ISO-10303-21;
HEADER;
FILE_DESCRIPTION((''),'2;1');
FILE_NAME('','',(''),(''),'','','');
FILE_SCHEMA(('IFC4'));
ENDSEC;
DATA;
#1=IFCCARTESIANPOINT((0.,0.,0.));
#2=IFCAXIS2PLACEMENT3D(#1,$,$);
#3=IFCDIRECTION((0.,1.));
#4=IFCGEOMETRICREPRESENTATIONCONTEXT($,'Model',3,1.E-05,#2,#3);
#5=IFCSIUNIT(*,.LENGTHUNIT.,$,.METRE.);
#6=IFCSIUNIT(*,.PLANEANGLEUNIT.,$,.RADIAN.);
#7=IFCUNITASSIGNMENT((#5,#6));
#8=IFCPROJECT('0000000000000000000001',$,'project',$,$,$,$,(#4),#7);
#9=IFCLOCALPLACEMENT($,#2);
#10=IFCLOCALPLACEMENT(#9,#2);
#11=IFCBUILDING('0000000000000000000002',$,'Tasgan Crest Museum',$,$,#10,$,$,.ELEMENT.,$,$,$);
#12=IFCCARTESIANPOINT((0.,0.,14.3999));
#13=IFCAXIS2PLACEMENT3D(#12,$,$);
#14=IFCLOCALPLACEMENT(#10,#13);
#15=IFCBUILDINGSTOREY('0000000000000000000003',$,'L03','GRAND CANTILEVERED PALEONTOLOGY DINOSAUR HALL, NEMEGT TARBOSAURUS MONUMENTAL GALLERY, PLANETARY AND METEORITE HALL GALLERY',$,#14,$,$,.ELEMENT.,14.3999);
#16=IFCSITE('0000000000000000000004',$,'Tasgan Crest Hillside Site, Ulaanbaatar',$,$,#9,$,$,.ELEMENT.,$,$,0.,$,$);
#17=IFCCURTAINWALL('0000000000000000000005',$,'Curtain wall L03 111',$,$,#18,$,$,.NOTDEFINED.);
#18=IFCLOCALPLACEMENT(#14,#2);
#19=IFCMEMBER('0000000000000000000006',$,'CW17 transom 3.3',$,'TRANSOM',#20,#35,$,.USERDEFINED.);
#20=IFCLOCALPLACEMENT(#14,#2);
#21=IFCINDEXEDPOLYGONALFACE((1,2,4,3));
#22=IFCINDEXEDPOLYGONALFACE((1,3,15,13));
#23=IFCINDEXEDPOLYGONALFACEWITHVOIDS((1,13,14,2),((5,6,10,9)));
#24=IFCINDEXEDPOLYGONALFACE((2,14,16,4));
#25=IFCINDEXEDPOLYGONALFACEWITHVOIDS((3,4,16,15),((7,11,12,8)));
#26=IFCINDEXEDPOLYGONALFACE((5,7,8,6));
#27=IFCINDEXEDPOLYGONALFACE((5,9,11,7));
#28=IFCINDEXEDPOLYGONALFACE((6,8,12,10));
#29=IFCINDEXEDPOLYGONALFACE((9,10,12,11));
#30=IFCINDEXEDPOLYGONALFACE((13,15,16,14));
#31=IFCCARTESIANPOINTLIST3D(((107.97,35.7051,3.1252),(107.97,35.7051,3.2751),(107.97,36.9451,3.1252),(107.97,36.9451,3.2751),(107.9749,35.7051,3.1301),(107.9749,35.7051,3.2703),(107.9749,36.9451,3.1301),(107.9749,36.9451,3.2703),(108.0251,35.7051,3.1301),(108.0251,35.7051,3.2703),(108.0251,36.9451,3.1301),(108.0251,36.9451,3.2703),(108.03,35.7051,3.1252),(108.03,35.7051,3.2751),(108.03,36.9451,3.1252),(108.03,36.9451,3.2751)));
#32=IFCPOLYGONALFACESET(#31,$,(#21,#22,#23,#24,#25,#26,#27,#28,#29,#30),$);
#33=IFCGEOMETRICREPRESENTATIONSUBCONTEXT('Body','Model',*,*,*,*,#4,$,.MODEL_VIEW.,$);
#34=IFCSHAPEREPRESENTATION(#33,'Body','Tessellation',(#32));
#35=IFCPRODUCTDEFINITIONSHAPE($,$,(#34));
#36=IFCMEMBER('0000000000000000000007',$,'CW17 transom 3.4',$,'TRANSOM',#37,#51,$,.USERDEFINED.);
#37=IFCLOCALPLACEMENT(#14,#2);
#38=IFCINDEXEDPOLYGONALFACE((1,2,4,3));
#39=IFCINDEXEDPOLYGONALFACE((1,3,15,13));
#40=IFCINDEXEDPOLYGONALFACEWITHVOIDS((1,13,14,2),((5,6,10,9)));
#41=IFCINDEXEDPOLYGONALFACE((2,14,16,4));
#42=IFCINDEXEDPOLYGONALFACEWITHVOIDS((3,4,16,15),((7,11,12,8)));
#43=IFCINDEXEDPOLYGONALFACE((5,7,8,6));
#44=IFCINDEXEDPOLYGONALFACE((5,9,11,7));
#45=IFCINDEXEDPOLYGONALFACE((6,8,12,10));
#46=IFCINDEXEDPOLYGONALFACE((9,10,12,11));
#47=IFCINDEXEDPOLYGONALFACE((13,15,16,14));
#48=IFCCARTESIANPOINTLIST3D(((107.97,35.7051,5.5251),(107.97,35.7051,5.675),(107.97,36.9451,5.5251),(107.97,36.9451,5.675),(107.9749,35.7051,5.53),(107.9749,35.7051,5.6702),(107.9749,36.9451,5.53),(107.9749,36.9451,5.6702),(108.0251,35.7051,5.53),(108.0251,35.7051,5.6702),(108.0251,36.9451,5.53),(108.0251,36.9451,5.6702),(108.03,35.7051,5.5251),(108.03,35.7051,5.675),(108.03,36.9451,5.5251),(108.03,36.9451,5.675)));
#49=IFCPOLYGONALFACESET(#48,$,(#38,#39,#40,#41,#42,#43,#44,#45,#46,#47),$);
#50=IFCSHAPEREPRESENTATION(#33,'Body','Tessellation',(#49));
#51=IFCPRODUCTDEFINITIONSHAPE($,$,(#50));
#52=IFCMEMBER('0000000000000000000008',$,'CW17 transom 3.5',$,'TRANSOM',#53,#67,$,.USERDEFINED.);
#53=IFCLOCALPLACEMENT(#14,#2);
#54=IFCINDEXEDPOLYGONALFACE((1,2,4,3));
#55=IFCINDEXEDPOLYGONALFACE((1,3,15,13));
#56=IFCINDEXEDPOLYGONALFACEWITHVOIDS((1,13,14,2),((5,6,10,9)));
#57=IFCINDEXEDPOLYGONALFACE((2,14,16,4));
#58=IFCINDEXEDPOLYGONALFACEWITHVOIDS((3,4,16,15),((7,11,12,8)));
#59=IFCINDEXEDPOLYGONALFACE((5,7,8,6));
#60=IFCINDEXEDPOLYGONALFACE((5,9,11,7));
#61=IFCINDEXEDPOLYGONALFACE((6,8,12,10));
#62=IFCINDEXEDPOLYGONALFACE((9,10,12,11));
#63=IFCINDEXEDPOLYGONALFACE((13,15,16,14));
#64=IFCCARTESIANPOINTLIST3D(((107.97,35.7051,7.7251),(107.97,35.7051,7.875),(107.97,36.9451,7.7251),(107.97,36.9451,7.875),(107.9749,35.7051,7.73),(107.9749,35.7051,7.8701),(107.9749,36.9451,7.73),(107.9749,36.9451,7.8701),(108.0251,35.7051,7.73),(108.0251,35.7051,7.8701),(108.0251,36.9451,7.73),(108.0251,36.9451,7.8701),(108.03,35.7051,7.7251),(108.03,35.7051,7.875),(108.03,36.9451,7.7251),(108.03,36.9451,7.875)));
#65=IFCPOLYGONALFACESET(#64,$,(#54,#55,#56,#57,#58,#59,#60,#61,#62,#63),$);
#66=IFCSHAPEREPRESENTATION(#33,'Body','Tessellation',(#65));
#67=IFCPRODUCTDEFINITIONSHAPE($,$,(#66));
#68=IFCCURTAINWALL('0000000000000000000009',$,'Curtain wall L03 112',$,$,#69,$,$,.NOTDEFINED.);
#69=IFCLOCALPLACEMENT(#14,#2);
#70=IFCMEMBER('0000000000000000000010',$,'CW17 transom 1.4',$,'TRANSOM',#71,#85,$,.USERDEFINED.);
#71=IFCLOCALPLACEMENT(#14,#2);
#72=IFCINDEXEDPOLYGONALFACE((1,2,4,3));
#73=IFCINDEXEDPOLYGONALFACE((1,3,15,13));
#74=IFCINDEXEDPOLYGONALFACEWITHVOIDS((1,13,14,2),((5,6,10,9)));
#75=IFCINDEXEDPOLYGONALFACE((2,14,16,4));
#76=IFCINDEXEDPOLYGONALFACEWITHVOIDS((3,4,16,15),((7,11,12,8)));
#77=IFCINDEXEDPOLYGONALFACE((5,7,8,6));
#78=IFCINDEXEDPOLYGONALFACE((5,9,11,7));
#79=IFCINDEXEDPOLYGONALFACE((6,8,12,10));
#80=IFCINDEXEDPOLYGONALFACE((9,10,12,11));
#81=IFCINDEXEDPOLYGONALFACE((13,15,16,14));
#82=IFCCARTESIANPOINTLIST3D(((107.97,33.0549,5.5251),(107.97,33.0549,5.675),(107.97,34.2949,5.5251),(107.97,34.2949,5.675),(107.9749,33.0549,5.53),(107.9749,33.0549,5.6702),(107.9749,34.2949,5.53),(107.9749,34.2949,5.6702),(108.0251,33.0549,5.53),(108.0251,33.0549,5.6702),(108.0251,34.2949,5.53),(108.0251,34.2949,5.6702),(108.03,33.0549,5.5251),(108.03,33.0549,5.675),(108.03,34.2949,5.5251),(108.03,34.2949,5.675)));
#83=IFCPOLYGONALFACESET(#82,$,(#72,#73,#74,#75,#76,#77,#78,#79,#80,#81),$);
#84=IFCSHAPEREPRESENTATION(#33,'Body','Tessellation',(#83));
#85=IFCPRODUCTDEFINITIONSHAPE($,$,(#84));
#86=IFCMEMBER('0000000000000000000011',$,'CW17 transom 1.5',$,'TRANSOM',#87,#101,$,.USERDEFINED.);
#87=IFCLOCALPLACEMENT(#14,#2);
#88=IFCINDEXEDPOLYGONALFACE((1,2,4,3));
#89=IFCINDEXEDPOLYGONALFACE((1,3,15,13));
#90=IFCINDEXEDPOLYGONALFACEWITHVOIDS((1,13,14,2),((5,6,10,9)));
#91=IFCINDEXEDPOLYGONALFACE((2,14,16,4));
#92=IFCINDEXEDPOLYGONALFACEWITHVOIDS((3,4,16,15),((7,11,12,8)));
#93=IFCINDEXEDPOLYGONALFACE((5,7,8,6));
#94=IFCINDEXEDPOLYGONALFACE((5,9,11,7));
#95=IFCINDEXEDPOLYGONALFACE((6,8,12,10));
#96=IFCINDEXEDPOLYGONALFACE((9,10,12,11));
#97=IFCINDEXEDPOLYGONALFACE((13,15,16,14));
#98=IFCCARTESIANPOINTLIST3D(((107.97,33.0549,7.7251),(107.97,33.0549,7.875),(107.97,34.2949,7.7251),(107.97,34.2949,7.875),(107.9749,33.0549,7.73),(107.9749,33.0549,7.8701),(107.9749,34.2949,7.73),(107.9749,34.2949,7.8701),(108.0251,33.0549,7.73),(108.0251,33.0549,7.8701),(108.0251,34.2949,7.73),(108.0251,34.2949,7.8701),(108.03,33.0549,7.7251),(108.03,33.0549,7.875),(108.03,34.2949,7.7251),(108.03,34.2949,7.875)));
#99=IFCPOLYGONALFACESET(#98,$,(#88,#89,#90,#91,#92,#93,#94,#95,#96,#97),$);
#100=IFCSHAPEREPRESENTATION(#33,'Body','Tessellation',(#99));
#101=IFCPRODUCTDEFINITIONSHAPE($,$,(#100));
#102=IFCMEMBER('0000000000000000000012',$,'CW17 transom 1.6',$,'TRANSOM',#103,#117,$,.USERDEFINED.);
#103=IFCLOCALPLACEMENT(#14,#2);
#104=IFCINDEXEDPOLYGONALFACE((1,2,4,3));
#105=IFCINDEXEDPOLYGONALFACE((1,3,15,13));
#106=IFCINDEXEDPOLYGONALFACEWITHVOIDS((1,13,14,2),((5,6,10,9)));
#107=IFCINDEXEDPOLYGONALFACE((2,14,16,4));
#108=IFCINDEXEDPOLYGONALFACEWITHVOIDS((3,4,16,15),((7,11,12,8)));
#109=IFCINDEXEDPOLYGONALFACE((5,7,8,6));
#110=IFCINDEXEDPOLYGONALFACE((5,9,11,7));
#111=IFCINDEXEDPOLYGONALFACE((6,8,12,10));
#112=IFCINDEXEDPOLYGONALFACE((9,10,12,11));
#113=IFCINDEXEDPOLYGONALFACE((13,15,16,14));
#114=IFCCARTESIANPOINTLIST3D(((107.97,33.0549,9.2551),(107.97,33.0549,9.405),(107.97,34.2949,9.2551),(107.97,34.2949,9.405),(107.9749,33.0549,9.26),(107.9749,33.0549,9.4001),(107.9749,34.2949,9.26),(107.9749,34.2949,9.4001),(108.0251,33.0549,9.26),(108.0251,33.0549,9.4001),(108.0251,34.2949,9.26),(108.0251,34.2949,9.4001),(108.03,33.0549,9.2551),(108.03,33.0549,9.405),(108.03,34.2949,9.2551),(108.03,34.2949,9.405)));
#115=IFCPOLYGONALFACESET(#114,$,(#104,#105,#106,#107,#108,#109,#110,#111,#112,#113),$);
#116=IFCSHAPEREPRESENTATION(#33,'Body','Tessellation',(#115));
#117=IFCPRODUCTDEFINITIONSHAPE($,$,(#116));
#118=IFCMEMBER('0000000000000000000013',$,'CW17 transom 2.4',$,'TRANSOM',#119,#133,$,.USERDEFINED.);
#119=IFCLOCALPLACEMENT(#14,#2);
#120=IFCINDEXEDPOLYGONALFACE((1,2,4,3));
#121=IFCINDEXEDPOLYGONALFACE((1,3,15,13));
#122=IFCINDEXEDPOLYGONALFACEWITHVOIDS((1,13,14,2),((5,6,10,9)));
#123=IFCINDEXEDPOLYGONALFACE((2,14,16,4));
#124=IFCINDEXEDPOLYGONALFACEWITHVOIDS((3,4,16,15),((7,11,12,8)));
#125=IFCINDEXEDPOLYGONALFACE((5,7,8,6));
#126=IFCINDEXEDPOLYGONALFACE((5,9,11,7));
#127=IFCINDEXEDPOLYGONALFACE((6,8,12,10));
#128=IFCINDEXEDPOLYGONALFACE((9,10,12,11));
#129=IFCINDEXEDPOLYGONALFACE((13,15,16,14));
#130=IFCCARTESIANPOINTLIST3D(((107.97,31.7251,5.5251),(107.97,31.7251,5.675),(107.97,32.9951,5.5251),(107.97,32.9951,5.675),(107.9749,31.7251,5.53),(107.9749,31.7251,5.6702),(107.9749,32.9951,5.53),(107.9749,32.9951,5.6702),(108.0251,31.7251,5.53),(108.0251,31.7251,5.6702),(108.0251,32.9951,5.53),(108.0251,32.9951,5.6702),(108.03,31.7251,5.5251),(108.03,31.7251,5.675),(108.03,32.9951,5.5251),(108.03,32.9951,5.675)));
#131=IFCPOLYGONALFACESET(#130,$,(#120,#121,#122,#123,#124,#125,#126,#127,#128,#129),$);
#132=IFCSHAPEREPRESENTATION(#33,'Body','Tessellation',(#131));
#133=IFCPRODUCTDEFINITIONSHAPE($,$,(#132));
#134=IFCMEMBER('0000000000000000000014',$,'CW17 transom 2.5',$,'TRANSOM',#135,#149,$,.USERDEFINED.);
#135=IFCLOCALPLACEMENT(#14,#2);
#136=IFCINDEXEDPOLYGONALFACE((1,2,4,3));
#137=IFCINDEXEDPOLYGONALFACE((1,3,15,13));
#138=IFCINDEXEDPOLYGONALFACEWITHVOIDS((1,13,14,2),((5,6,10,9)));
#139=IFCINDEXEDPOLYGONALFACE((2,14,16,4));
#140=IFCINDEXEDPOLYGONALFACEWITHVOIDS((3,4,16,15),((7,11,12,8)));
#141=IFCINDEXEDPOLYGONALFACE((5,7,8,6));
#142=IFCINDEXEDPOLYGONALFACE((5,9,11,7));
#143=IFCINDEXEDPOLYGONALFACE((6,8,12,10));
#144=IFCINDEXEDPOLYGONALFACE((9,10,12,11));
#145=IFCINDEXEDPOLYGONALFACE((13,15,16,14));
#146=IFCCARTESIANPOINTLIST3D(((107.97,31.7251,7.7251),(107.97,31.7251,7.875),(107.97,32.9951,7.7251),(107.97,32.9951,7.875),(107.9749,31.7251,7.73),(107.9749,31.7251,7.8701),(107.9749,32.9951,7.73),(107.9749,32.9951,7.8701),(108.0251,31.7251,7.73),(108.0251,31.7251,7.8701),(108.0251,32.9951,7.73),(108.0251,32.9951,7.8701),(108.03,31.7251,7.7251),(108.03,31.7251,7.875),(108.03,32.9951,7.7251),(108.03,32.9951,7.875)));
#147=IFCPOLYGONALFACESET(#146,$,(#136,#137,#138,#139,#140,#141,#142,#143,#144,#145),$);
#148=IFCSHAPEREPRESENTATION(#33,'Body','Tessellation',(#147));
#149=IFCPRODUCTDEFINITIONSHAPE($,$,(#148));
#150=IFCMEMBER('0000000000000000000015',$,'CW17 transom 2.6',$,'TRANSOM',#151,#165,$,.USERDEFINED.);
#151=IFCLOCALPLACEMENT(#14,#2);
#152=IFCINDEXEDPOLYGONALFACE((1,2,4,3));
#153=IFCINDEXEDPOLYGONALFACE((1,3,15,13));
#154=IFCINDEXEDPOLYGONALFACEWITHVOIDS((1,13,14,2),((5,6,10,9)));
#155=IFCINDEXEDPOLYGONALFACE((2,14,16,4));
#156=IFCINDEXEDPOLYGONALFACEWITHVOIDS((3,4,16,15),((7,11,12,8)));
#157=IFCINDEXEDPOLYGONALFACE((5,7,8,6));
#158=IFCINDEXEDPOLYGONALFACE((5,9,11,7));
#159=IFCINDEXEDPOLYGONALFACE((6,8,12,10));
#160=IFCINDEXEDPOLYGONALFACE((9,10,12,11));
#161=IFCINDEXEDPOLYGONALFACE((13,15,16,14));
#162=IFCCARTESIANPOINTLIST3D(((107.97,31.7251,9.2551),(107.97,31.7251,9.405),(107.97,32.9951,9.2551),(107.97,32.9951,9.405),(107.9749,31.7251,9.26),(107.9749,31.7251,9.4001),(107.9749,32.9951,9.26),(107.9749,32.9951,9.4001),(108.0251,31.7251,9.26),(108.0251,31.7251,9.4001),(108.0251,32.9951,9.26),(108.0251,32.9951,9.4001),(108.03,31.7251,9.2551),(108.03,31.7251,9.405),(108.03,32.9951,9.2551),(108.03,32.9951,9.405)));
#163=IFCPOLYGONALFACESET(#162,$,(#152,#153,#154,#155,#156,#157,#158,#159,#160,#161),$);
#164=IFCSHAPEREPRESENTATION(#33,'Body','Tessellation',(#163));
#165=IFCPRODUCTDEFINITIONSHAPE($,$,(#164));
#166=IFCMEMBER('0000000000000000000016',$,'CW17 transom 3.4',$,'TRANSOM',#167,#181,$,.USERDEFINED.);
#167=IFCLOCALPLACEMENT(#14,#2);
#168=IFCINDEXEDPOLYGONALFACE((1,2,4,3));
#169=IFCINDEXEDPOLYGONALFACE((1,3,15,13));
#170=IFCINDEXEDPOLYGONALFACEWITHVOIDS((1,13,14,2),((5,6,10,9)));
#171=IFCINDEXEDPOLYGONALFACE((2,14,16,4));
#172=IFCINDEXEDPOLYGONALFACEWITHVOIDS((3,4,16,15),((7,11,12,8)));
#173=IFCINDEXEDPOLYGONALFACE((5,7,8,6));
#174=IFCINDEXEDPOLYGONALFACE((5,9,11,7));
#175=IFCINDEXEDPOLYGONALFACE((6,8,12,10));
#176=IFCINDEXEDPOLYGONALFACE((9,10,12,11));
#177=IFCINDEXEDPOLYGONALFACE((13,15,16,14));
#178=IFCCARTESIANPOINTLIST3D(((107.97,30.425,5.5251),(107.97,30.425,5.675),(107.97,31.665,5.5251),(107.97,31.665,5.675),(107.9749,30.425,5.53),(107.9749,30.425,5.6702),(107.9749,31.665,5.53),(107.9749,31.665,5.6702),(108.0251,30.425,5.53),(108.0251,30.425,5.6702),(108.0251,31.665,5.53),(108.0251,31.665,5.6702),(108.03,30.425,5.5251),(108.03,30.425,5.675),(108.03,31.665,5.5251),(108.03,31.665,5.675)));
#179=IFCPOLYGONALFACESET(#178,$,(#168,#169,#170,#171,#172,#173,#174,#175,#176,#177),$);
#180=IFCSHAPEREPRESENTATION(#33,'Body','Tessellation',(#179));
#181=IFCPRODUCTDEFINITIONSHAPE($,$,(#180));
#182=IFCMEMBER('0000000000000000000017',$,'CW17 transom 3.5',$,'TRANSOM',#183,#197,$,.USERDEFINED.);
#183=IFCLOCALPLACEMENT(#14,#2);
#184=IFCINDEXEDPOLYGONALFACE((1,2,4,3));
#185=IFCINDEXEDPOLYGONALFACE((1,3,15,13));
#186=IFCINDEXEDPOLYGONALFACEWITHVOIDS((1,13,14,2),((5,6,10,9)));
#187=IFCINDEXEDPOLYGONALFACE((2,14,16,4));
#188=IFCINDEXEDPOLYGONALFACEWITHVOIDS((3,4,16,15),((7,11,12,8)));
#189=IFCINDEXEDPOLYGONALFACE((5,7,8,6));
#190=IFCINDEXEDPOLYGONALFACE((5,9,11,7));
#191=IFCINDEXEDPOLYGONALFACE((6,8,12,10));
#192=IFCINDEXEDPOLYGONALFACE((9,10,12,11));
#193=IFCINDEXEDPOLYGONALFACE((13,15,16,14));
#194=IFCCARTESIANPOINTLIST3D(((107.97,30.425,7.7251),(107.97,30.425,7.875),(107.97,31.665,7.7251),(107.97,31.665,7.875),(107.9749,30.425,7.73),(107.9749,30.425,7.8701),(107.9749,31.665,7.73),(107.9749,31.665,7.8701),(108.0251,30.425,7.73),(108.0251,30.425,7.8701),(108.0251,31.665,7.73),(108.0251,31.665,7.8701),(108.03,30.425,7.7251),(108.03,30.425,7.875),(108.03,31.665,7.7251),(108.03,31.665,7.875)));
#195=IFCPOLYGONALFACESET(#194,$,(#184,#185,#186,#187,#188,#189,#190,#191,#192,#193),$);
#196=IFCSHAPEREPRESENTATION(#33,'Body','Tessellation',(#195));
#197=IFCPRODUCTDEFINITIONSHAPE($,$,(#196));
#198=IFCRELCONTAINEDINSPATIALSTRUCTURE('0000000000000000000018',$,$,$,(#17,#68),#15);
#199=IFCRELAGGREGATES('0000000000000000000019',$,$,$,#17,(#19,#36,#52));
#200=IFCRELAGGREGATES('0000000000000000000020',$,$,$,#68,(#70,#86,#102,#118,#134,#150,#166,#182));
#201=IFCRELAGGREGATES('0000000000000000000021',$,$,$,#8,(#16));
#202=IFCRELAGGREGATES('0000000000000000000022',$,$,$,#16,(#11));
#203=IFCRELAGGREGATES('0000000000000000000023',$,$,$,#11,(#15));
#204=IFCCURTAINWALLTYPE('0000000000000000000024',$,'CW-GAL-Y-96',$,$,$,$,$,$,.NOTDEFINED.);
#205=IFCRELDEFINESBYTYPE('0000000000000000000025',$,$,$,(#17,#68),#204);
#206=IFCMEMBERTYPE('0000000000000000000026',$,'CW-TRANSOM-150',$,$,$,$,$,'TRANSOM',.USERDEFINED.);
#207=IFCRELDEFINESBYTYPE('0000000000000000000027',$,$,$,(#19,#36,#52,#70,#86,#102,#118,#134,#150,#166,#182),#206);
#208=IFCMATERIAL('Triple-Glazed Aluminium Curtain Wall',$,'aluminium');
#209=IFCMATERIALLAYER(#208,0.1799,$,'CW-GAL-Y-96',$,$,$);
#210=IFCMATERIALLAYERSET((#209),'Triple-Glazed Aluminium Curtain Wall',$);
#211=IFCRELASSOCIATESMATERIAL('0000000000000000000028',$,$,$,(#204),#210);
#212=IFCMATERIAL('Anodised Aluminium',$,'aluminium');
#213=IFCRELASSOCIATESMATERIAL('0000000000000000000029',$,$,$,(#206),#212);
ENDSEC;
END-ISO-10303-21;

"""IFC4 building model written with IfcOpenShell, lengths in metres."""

from ifc_helpers import new_model, si_unit, direction, frame, origin, origin_2d, place, context, subcontext, project, spatial, hollow_rectangle, extrude, material, layer, layer_set, material_profile, profile_set, type_object, element, aggregate, save


model = new_model("IFC4")

# Units and contexts
model_context = context("Model", 3, precision=1e-05, world=origin(), true_north=direction((0.0, 1.0)))
body_context = subcontext(model_context, "Body", "Model", "MODEL_VIEW")
ifc_project = project(units=[si_unit("LENGTHUNIT", "METRE"), si_unit("PLANEANGLEUNIT", "RADIAN")], contexts=[model_context])

# Site, building, storey
site_placement = place(None, origin())
site = spatial("IfcSite", under=ifc_project, at=site_placement, Name="Tasgan Crest Hillside Site, Ulaanbaatar", CompositionType="ELEMENT", RefElevation=0.0)
building_placement = place(site_placement, origin())
building = spatial("IfcBuilding", under=site, at=building_placement, Name="Tasgan Crest Museum", CompositionType="ELEMENT")
storey_placement = place(building_placement, frame((0.0, 0.0, 14.3999)))
storey = spatial("IfcBuildingStorey", under=building, at=storey_placement, Name="L03", Description="GRAND CANTILEVERED PALEONTOLOGY DINOSAUR HALL, NEMEGT TARBOSAURUS MONUMENTAL GALLERY, PLANETARY AND METEORITE HALL GALLERY", CompositionType="ELEMENT", Elevation=14.3999)

# Curtain walls, members
ifc_material_1 = material(Name="Triple-Glazed Aluminium Curtain Wall", Category="aluminium")
ifc_layer_1 = layer(ifc_material_1, 0.1799, Name="CW-GAL-Y-96")
ifc_layer_set_1 = layer_set([ifc_layer_1], Name="Triple-Glazed Aluminium Curtain Wall")
curtain_wall_type = type_object("IfcCurtainWallType", Name="CW-GAL-Y-96", PredefinedType="NOTDEFINED", material=ifc_layer_set_1)
curtain_wall_1_placement = place(storey_placement, origin())
curtain_wall_1 = element("IfcCurtainWall", 1, at=curtain_wall_1_placement, inside=storey, type_object=curtain_wall_type, Name="Curtain wall L03 111", PredefinedType="NOTDEFINED")
ifc_material_2 = material(Name="Anodised Aluminium", Category="aluminium")
ifc_material_profile = material_profile(ifc_material_2, hollow_rectangle(XDim=0.0601, YDim=0.1499, WallThickness=0.0049, at=origin_2d()), Name="ALU TRANSOM 150x60x5")
ifc_profile_set = profile_set([ifc_material_profile], Name="Anodised Aluminium")
member_type = type_object("IfcMemberType", Name="CW-TRANSOM-150", ElementType="TRANSOM", PredefinedType="USERDEFINED", material=ifc_profile_set)
member_1_placement = place(storey_placement, frame((108.0, 36.9451, 3.2002), z_axis=(0.0, -1.0, 0.0), x_axis=(1.0, 0.0, 0.0)))
member_1 = element("IfcMember", 2, at=member_1_placement, type_object=member_type, Name="CW17 transom 3.3", ObjectType="TRANSOM", PredefinedType="USERDEFINED", context=body_context, shape_type="SweptSolid", body=[
    extrude(hollow_rectangle(XDim=0.0601, YDim=0.1499, WallThickness=0.0049, at=origin_2d()), origin(), (0.0, 0.0, 1.0), 1.24),
])
member_2_placement = place(storey_placement, frame((108.0, 36.9451, 5.6001), z_axis=(0.0, -1.0, 0.0), x_axis=(1.0, 0.0, 0.0)))
member_2 = element("IfcMember", 3, at=member_2_placement, type_object=member_type, Name="CW17 transom 3.4", ObjectType="TRANSOM", PredefinedType="USERDEFINED", context=body_context, shape_type="SweptSolid", body=[
    extrude(hollow_rectangle(XDim=0.0601, YDim=0.1499, WallThickness=0.0049, at=origin_2d()), origin(), (0.0, 0.0, 1.0), 1.24),
])
member_3_placement = place(storey_placement, frame((108.0, 36.9451, 7.8), z_axis=(0.0, -1.0, 0.0), x_axis=(1.0, 0.0, 0.0)))
member_3 = element("IfcMember", 4, at=member_3_placement, type_object=member_type, Name="CW17 transom 3.5", ObjectType="TRANSOM", PredefinedType="USERDEFINED", context=body_context, shape_type="SweptSolid", body=[
    extrude(hollow_rectangle(XDim=0.0601, YDim=0.1499, WallThickness=0.0049, at=origin_2d()), origin(), (0.0, 0.0, 1.0), 1.24),
])
curtain_wall_2_placement = place(storey_placement, origin())
curtain_wall_2 = element("IfcCurtainWall", 5, at=curtain_wall_2_placement, inside=storey, type_object=curtain_wall_type, Name="Curtain wall L03 112", PredefinedType="NOTDEFINED")
member_4_placement = place(storey_placement, frame((108.0, 34.2949, 5.6001), z_axis=(0.0, -1.0, 0.0), x_axis=(1.0, 0.0, 0.0)))
member_4 = element("IfcMember", 6, at=member_4_placement, type_object=member_type, Name="CW17 transom 1.4", ObjectType="TRANSOM", PredefinedType="USERDEFINED", context=body_context, shape_type="SweptSolid", body=[
    extrude(hollow_rectangle(XDim=0.0601, YDim=0.1499, WallThickness=0.0049, at=origin_2d()), origin(), (0.0, 0.0, 1.0), 1.24),
])
member_5_placement = place(storey_placement, frame((108.0, 34.2949, 7.8), z_axis=(0.0, -1.0, 0.0), x_axis=(1.0, 0.0, 0.0)))
member_5 = element("IfcMember", 7, at=member_5_placement, type_object=member_type, Name="CW17 transom 1.5", ObjectType="TRANSOM", PredefinedType="USERDEFINED", context=body_context, shape_type="SweptSolid", body=[
    extrude(hollow_rectangle(XDim=0.0601, YDim=0.1499, WallThickness=0.0049, at=origin_2d()), origin(), (0.0, 0.0, 1.0), 1.24),
])
member_6_placement = place(storey_placement, frame((108.0, 34.2949, 9.3301), z_axis=(0.0, -1.0, 0.0), x_axis=(1.0, 0.0, 0.0)))
member_6 = element("IfcMember", 8, at=member_6_placement, type_object=member_type, Name="CW17 transom 1.6", ObjectType="TRANSOM", PredefinedType="USERDEFINED", context=body_context, shape_type="SweptSolid", body=[
    extrude(hollow_rectangle(XDim=0.0601, YDim=0.1499, WallThickness=0.0049, at=origin_2d()), origin(), (0.0, 0.0, 1.0), 1.24),
])
member_7_placement = place(storey_placement, frame((108.0, 32.9951, 5.6001), z_axis=(0.0, -1.0, 0.0), x_axis=(1.0, 0.0, 0.0)))
member_7 = element("IfcMember", 9, at=member_7_placement, type_object=member_type, Name="CW17 transom 2.4", ObjectType="TRANSOM", PredefinedType="USERDEFINED", context=body_context, shape_type="SweptSolid", body=[
    extrude(hollow_rectangle(XDim=0.0601, YDim=0.1499, WallThickness=0.0049, at=origin_2d()), origin(), (0.0, 0.0, 1.0), 1.27),
])
member_8_placement = place(storey_placement, frame((108.0, 32.9951, 7.8), z_axis=(0.0, -1.0, 0.0), x_axis=(1.0, 0.0, 0.0)))
member_8 = element("IfcMember", 10, at=member_8_placement, type_object=member_type, Name="CW17 transom 2.5", ObjectType="TRANSOM", PredefinedType="USERDEFINED", context=body_context, shape_type="SweptSolid", body=[
    extrude(hollow_rectangle(XDim=0.0601, YDim=0.1499, WallThickness=0.0049, at=origin_2d()), origin(), (0.0, 0.0, 1.0), 1.27),
])
member_9_placement = place(storey_placement, frame((108.0, 32.9951, 9.3301), z_axis=(0.0, -1.0, 0.0), x_axis=(1.0, 0.0, 0.0)))
member_9 = element("IfcMember", 11, at=member_9_placement, type_object=member_type, Name="CW17 transom 2.6", ObjectType="TRANSOM", PredefinedType="USERDEFINED", context=body_context, shape_type="SweptSolid", body=[
    extrude(hollow_rectangle(XDim=0.0601, YDim=0.1499, WallThickness=0.0049, at=origin_2d()), origin(), (0.0, 0.0, 1.0), 1.27),
])
member_10_placement = place(storey_placement, frame((108.0, 31.665, 5.6001), z_axis=(0.0, -1.0, 0.0), x_axis=(1.0, 0.0, 0.0)))
member_10 = element("IfcMember", 12, at=member_10_placement, type_object=member_type, Name="CW17 transom 3.4", ObjectType="TRANSOM", PredefinedType="USERDEFINED", context=body_context, shape_type="SweptSolid", body=[
    extrude(hollow_rectangle(XDim=0.0601, YDim=0.1499, WallThickness=0.0049, at=origin_2d()), origin(), (0.0, 0.0, 1.0), 1.24),
])
member_11_placement = place(storey_placement, frame((108.0, 31.665, 7.8), z_axis=(0.0, -1.0, 0.0), x_axis=(1.0, 0.0, 0.0)))
member_11 = element("IfcMember", 13, at=member_11_placement, type_object=member_type, Name="CW17 transom 3.5", ObjectType="TRANSOM", PredefinedType="USERDEFINED", context=body_context, shape_type="SweptSolid", body=[
    extrude(hollow_rectangle(XDim=0.0601, YDim=0.1499, WallThickness=0.0049, at=origin_2d()), origin(), (0.0, 0.0, 1.0), 1.24),
])

aggregate(curtain_wall_1, [member_1, member_2, member_3])
aggregate(curtain_wall_2, [member_4, member_5, member_6, member_7, member_8, member_9, member_10, member_11])

save(model, "model.ifc")
